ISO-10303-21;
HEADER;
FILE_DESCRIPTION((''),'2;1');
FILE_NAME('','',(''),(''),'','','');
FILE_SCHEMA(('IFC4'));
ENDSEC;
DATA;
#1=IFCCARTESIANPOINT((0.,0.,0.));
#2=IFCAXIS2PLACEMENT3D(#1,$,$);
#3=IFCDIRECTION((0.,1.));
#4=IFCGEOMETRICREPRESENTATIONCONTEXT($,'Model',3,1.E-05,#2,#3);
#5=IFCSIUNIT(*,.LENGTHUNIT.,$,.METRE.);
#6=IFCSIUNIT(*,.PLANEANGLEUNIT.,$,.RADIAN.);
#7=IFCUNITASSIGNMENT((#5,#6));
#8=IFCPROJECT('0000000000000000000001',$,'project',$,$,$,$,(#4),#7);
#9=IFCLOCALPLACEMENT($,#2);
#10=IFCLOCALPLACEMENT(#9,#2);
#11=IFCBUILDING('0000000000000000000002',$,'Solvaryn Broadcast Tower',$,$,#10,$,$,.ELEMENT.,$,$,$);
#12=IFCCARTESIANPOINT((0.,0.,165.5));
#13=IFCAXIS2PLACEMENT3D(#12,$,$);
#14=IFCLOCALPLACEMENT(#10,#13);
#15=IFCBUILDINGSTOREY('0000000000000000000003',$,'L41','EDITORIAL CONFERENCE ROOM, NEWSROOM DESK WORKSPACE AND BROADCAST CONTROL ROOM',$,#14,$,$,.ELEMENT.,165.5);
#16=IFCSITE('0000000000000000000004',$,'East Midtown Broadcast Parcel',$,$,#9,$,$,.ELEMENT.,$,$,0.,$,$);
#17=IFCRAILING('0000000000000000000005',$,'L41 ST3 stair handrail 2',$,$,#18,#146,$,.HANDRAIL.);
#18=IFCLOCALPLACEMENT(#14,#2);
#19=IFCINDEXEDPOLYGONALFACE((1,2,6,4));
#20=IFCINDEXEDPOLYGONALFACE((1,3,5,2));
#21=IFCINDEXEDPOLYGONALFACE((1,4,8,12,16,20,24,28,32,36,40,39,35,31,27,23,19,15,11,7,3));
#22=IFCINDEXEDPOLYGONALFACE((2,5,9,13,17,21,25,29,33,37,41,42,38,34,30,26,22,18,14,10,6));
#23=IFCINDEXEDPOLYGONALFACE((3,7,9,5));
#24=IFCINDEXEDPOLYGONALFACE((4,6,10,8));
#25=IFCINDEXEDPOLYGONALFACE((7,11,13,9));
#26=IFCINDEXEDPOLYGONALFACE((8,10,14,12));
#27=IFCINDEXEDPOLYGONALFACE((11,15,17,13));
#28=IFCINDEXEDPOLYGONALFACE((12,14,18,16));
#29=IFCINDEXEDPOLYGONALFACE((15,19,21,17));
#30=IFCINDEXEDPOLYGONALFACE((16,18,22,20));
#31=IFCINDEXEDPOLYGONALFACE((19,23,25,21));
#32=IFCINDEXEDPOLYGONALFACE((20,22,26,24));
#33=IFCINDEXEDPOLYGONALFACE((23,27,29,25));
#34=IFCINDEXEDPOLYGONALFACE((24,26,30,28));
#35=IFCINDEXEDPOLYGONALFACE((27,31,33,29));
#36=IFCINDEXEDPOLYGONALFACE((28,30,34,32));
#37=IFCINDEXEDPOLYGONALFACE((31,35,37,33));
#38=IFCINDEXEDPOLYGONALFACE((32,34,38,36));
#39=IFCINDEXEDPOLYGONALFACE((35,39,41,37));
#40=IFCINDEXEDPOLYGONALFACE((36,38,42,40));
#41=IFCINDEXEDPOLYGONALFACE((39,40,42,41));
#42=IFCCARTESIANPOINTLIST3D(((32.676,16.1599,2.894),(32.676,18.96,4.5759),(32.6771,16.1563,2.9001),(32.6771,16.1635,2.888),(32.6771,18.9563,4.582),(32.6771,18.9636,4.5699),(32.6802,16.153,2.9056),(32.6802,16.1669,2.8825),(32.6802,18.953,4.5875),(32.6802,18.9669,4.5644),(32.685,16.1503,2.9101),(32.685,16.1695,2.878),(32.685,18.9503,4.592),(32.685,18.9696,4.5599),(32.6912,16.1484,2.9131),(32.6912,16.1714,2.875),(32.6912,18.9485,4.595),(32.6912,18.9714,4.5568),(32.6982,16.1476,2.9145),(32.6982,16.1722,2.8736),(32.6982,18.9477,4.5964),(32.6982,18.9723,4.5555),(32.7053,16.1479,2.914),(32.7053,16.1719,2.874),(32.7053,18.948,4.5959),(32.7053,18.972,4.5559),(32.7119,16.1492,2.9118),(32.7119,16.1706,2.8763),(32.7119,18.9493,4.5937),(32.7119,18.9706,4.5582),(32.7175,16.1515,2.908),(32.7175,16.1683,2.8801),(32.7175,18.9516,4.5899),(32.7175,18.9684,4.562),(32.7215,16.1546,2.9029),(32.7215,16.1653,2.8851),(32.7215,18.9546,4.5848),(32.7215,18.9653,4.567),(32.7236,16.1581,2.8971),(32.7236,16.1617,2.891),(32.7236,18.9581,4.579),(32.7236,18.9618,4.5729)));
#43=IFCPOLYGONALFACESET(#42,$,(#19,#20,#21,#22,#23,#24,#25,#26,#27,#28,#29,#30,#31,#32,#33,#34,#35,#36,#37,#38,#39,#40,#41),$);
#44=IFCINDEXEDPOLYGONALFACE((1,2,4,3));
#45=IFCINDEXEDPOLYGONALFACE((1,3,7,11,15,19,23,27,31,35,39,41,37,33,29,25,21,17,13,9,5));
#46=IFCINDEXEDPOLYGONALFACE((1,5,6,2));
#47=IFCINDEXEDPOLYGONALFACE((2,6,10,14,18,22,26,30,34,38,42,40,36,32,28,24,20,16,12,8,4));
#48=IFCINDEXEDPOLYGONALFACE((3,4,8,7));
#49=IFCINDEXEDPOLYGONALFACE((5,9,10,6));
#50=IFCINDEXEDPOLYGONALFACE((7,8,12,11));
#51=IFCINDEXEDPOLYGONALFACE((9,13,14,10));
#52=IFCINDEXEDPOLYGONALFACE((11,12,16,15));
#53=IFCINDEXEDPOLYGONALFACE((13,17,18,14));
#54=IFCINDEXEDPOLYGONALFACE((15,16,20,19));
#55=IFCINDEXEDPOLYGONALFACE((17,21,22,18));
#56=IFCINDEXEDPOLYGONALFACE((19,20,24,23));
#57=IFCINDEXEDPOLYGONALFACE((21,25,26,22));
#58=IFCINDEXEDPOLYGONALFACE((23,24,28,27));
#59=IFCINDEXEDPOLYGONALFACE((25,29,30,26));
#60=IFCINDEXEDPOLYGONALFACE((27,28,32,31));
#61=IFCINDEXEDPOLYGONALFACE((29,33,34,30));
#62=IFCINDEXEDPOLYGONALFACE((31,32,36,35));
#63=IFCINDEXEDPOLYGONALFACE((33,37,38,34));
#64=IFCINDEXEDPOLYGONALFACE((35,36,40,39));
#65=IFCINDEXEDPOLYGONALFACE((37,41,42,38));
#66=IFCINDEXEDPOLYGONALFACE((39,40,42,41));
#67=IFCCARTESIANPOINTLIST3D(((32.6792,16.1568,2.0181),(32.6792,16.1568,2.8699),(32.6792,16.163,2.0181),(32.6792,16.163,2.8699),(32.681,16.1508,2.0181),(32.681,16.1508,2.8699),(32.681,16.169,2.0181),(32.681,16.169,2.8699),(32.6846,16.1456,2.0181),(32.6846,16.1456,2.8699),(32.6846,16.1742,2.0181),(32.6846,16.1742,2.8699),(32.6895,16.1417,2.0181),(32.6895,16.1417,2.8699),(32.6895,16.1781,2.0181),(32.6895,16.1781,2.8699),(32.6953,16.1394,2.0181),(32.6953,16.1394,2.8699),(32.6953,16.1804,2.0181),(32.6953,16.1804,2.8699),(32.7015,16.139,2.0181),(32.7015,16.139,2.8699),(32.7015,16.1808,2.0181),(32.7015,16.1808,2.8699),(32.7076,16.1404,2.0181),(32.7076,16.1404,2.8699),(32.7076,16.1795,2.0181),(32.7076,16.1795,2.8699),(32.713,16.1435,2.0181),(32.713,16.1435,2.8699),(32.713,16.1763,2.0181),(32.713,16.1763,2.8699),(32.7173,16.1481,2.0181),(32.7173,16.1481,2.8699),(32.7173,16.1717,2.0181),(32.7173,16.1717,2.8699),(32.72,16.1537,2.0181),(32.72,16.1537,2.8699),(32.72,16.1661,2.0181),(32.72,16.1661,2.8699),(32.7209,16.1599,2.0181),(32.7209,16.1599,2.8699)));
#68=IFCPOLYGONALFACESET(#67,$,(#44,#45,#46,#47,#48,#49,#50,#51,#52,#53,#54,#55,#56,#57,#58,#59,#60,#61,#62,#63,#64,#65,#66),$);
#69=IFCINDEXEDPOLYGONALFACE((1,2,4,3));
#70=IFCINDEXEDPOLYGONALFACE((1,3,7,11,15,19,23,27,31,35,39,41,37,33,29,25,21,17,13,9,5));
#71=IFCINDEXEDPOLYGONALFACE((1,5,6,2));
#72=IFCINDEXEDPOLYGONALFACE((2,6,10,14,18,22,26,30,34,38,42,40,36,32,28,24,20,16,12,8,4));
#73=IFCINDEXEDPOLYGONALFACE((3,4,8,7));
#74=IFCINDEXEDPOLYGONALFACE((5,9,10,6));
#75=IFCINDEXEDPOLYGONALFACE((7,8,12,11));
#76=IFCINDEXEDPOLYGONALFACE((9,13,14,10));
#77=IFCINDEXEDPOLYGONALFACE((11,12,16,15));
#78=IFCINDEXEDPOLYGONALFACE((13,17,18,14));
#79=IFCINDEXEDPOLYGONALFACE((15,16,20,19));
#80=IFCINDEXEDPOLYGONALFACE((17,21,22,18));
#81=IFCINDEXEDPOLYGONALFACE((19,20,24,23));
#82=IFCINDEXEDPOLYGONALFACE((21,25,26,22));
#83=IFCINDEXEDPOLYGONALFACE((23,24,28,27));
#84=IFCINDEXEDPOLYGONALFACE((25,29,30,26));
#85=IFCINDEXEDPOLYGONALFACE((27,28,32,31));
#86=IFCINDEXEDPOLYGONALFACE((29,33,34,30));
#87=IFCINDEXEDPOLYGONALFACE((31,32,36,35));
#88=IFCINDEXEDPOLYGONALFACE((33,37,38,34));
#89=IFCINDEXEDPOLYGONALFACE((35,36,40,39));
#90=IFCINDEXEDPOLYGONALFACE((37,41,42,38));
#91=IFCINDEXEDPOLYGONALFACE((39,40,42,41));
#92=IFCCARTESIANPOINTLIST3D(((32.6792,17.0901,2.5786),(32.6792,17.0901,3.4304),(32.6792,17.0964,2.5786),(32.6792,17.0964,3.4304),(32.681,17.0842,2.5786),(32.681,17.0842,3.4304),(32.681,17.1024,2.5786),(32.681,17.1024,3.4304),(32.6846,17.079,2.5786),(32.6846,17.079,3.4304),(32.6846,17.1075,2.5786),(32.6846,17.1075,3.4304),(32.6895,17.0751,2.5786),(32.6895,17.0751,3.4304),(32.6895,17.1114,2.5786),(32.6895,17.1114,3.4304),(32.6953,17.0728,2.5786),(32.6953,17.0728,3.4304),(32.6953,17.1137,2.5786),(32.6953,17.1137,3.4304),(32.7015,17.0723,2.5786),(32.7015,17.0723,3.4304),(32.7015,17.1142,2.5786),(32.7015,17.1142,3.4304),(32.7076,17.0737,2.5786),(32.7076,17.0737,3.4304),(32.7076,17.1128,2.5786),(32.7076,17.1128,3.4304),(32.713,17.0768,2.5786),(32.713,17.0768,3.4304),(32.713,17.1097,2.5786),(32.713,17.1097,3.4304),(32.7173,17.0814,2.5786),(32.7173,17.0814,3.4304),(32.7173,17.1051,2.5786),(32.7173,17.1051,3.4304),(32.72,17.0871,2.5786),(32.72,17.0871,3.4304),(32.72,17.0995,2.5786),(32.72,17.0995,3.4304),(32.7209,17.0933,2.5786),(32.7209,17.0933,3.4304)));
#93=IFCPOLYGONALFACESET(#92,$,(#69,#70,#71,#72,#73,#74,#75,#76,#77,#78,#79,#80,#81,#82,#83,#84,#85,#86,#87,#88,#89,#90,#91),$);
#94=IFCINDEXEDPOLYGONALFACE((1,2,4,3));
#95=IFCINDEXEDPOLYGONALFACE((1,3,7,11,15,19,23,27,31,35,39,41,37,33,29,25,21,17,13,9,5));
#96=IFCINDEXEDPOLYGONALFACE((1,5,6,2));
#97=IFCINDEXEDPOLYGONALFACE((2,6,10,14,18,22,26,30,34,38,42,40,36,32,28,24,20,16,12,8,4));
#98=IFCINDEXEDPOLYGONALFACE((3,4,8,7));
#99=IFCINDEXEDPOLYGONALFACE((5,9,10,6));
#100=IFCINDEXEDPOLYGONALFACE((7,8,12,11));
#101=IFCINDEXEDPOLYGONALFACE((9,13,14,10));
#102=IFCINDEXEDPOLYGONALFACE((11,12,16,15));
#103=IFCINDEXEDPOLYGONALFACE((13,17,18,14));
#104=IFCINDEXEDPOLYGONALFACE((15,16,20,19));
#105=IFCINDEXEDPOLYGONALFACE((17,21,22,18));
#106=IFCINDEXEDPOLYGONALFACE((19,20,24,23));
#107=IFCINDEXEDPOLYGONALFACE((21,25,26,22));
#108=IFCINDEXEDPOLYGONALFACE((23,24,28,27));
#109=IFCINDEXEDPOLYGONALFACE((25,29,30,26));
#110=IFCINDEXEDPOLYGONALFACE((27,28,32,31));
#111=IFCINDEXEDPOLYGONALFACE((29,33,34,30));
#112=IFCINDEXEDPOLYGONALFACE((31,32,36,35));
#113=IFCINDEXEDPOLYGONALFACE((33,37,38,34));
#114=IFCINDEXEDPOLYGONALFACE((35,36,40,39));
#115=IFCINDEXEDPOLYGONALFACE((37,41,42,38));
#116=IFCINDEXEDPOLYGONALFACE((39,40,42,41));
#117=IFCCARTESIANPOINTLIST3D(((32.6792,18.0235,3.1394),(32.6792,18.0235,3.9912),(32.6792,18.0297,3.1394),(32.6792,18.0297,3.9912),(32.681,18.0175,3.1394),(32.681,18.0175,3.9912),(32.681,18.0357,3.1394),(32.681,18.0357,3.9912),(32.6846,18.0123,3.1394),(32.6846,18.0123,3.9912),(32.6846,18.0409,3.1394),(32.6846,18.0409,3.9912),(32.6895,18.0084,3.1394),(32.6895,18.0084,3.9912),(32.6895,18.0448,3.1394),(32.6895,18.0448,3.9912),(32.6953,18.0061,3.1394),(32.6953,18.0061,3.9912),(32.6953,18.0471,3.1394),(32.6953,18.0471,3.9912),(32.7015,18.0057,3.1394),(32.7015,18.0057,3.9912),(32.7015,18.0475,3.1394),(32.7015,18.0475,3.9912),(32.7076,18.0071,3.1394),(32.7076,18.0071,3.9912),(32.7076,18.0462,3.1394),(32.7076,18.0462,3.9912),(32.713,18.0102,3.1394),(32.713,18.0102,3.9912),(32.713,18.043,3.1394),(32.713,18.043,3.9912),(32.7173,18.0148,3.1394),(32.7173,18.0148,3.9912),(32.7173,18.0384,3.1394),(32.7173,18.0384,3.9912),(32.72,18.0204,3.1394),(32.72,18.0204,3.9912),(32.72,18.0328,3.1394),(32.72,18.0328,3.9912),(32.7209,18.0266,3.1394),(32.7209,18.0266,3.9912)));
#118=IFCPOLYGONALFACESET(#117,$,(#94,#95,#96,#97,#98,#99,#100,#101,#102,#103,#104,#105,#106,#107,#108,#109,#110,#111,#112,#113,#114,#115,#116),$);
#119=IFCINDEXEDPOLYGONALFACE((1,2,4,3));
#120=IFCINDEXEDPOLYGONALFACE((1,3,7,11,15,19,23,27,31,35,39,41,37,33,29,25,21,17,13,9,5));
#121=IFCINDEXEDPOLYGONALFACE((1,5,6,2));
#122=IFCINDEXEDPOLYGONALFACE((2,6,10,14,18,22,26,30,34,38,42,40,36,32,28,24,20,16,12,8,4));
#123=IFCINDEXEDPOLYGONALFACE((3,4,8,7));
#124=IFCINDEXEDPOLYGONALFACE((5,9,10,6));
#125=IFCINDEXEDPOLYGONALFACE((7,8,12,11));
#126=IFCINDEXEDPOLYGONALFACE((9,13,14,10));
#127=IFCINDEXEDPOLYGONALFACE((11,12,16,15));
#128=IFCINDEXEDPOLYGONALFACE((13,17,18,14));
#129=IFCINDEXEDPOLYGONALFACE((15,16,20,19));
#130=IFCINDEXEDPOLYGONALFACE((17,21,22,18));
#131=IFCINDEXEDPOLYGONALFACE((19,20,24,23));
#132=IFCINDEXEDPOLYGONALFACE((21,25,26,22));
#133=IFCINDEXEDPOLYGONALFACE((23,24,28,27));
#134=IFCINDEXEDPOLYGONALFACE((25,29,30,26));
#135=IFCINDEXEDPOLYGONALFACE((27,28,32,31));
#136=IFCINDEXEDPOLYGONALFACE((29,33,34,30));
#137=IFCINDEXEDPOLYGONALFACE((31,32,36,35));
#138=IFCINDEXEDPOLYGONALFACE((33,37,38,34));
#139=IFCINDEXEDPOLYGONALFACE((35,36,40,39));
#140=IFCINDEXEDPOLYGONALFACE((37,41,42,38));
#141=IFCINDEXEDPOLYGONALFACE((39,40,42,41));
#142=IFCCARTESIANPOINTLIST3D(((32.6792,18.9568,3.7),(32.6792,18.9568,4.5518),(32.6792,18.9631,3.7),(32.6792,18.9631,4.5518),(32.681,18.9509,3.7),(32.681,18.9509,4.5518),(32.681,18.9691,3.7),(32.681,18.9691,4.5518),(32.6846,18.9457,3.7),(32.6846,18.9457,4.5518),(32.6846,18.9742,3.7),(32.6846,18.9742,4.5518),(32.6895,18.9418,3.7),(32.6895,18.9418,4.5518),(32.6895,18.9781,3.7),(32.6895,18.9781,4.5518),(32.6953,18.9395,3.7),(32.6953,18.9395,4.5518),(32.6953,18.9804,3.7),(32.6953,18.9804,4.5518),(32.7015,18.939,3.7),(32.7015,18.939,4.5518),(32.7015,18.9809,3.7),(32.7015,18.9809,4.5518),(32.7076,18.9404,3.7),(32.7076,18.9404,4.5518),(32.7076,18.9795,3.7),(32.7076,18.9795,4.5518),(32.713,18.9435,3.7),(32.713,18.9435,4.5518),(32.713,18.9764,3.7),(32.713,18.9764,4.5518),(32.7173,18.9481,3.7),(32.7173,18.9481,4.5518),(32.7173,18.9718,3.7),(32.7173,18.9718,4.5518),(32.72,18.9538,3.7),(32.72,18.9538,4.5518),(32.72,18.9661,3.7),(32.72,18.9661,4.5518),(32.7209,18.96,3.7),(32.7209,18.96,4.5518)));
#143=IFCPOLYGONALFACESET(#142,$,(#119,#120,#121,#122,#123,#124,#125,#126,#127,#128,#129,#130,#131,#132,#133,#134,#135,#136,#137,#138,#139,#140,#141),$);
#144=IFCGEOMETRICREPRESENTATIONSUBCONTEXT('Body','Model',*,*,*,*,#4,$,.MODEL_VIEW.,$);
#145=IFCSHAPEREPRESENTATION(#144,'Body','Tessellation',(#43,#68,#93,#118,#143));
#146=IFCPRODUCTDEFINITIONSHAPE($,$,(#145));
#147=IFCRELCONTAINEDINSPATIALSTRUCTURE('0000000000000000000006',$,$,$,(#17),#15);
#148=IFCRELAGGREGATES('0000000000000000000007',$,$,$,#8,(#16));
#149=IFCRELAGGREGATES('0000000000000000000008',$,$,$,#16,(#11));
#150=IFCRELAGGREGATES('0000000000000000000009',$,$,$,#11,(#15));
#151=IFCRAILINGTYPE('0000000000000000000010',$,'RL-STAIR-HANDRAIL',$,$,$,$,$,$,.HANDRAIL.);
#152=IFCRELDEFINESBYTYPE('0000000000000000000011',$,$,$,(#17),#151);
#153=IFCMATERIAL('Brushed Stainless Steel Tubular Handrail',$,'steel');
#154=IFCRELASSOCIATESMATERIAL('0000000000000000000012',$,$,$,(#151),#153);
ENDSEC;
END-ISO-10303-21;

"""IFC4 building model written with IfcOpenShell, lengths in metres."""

from ifc_helpers import new_model, si_unit, direction, frame, origin, origin_2d, place, context, subcontext, project, spatial, circle, extrude, material, type_object, element, save


model = new_model("IFC4")

# Units and contexts
model_context = context("Model", 3, precision=1e-05, world=origin(), true_north=direction((0.0, 1.0)))
body_context = subcontext(model_context, "Body", "Model", "MODEL_VIEW")
ifc_project = project(units=[si_unit("LENGTHUNIT", "METRE"), si_unit("PLANEANGLEUNIT", "RADIAN")], contexts=[model_context])

# Site, building, storey
site_placement = place(None, origin())
site = spatial("IfcSite", under=ifc_project, at=site_placement, Name="East Midtown Broadcast Parcel", CompositionType="ELEMENT", RefElevation=0.0)
building_placement = place(site_placement, origin())
building = spatial("IfcBuilding", under=site, at=building_placement, Name="Solvaryn Broadcast Tower", CompositionType="ELEMENT")
storey_placement = place(building_placement, frame((0.0, 0.0, 165.5)))
storey = spatial("IfcBuildingStorey", under=building, at=storey_placement, Name="L41", Description="EDITORIAL CONFERENCE ROOM, NEWSROOM DESK WORKSPACE AND BROADCAST CONTROL ROOM", CompositionType="ELEMENT", Elevation=165.5)

# Railing
ifc_material_1 = material(Name="Brushed Stainless Steel Tubular Handrail", Category="steel")
railing_type_1 = type_object("IfcRailingType", Name="RL-STAIR-HANDRAIL", PredefinedType="HANDRAIL", material=ifc_material_1)
railing_1_placement = place(storey_placement, frame((32.7, 16.1599, 2.0181)))
element("IfcRailing", 1, at=railing_1_placement, inside=storey, type_object=railing_type_1, Name="L41 ST3 stair handrail 2", PredefinedType="HANDRAIL", context=body_context, shape_type="SweptSolid", body=[
    extrude(circle(Radius=0.0239, at=origin_2d()), frame((0.0, 0.0, 0.876), z_axis=(0.0, 0.857242, 0.514913), x_axis=(-1.0, 0.0, 0.0)), (0.0, 0.0, 1.0), 3.2664),
    extrude(circle(Radius=0.021, at=origin_2d()), origin(), (0.0, 0.0, 1.0), 0.8518),
    extrude(circle(Radius=0.021, at=origin_2d()), frame((0.0, 0.9333, 0.5605)), (0.0, 0.0, 1.0), 0.8518),
    extrude(circle(Radius=0.021, at=origin_2d()), frame((0.0, 1.8667, 1.1213)), (0.0, 0.0, 1.0), 0.8518),
    extrude(circle(Radius=0.021, at=origin_2d()), frame((0.0, 2.8, 1.6819)), (0.0, 0.0, 1.0), 0.8518),
])

save(model, "model.ifc")
